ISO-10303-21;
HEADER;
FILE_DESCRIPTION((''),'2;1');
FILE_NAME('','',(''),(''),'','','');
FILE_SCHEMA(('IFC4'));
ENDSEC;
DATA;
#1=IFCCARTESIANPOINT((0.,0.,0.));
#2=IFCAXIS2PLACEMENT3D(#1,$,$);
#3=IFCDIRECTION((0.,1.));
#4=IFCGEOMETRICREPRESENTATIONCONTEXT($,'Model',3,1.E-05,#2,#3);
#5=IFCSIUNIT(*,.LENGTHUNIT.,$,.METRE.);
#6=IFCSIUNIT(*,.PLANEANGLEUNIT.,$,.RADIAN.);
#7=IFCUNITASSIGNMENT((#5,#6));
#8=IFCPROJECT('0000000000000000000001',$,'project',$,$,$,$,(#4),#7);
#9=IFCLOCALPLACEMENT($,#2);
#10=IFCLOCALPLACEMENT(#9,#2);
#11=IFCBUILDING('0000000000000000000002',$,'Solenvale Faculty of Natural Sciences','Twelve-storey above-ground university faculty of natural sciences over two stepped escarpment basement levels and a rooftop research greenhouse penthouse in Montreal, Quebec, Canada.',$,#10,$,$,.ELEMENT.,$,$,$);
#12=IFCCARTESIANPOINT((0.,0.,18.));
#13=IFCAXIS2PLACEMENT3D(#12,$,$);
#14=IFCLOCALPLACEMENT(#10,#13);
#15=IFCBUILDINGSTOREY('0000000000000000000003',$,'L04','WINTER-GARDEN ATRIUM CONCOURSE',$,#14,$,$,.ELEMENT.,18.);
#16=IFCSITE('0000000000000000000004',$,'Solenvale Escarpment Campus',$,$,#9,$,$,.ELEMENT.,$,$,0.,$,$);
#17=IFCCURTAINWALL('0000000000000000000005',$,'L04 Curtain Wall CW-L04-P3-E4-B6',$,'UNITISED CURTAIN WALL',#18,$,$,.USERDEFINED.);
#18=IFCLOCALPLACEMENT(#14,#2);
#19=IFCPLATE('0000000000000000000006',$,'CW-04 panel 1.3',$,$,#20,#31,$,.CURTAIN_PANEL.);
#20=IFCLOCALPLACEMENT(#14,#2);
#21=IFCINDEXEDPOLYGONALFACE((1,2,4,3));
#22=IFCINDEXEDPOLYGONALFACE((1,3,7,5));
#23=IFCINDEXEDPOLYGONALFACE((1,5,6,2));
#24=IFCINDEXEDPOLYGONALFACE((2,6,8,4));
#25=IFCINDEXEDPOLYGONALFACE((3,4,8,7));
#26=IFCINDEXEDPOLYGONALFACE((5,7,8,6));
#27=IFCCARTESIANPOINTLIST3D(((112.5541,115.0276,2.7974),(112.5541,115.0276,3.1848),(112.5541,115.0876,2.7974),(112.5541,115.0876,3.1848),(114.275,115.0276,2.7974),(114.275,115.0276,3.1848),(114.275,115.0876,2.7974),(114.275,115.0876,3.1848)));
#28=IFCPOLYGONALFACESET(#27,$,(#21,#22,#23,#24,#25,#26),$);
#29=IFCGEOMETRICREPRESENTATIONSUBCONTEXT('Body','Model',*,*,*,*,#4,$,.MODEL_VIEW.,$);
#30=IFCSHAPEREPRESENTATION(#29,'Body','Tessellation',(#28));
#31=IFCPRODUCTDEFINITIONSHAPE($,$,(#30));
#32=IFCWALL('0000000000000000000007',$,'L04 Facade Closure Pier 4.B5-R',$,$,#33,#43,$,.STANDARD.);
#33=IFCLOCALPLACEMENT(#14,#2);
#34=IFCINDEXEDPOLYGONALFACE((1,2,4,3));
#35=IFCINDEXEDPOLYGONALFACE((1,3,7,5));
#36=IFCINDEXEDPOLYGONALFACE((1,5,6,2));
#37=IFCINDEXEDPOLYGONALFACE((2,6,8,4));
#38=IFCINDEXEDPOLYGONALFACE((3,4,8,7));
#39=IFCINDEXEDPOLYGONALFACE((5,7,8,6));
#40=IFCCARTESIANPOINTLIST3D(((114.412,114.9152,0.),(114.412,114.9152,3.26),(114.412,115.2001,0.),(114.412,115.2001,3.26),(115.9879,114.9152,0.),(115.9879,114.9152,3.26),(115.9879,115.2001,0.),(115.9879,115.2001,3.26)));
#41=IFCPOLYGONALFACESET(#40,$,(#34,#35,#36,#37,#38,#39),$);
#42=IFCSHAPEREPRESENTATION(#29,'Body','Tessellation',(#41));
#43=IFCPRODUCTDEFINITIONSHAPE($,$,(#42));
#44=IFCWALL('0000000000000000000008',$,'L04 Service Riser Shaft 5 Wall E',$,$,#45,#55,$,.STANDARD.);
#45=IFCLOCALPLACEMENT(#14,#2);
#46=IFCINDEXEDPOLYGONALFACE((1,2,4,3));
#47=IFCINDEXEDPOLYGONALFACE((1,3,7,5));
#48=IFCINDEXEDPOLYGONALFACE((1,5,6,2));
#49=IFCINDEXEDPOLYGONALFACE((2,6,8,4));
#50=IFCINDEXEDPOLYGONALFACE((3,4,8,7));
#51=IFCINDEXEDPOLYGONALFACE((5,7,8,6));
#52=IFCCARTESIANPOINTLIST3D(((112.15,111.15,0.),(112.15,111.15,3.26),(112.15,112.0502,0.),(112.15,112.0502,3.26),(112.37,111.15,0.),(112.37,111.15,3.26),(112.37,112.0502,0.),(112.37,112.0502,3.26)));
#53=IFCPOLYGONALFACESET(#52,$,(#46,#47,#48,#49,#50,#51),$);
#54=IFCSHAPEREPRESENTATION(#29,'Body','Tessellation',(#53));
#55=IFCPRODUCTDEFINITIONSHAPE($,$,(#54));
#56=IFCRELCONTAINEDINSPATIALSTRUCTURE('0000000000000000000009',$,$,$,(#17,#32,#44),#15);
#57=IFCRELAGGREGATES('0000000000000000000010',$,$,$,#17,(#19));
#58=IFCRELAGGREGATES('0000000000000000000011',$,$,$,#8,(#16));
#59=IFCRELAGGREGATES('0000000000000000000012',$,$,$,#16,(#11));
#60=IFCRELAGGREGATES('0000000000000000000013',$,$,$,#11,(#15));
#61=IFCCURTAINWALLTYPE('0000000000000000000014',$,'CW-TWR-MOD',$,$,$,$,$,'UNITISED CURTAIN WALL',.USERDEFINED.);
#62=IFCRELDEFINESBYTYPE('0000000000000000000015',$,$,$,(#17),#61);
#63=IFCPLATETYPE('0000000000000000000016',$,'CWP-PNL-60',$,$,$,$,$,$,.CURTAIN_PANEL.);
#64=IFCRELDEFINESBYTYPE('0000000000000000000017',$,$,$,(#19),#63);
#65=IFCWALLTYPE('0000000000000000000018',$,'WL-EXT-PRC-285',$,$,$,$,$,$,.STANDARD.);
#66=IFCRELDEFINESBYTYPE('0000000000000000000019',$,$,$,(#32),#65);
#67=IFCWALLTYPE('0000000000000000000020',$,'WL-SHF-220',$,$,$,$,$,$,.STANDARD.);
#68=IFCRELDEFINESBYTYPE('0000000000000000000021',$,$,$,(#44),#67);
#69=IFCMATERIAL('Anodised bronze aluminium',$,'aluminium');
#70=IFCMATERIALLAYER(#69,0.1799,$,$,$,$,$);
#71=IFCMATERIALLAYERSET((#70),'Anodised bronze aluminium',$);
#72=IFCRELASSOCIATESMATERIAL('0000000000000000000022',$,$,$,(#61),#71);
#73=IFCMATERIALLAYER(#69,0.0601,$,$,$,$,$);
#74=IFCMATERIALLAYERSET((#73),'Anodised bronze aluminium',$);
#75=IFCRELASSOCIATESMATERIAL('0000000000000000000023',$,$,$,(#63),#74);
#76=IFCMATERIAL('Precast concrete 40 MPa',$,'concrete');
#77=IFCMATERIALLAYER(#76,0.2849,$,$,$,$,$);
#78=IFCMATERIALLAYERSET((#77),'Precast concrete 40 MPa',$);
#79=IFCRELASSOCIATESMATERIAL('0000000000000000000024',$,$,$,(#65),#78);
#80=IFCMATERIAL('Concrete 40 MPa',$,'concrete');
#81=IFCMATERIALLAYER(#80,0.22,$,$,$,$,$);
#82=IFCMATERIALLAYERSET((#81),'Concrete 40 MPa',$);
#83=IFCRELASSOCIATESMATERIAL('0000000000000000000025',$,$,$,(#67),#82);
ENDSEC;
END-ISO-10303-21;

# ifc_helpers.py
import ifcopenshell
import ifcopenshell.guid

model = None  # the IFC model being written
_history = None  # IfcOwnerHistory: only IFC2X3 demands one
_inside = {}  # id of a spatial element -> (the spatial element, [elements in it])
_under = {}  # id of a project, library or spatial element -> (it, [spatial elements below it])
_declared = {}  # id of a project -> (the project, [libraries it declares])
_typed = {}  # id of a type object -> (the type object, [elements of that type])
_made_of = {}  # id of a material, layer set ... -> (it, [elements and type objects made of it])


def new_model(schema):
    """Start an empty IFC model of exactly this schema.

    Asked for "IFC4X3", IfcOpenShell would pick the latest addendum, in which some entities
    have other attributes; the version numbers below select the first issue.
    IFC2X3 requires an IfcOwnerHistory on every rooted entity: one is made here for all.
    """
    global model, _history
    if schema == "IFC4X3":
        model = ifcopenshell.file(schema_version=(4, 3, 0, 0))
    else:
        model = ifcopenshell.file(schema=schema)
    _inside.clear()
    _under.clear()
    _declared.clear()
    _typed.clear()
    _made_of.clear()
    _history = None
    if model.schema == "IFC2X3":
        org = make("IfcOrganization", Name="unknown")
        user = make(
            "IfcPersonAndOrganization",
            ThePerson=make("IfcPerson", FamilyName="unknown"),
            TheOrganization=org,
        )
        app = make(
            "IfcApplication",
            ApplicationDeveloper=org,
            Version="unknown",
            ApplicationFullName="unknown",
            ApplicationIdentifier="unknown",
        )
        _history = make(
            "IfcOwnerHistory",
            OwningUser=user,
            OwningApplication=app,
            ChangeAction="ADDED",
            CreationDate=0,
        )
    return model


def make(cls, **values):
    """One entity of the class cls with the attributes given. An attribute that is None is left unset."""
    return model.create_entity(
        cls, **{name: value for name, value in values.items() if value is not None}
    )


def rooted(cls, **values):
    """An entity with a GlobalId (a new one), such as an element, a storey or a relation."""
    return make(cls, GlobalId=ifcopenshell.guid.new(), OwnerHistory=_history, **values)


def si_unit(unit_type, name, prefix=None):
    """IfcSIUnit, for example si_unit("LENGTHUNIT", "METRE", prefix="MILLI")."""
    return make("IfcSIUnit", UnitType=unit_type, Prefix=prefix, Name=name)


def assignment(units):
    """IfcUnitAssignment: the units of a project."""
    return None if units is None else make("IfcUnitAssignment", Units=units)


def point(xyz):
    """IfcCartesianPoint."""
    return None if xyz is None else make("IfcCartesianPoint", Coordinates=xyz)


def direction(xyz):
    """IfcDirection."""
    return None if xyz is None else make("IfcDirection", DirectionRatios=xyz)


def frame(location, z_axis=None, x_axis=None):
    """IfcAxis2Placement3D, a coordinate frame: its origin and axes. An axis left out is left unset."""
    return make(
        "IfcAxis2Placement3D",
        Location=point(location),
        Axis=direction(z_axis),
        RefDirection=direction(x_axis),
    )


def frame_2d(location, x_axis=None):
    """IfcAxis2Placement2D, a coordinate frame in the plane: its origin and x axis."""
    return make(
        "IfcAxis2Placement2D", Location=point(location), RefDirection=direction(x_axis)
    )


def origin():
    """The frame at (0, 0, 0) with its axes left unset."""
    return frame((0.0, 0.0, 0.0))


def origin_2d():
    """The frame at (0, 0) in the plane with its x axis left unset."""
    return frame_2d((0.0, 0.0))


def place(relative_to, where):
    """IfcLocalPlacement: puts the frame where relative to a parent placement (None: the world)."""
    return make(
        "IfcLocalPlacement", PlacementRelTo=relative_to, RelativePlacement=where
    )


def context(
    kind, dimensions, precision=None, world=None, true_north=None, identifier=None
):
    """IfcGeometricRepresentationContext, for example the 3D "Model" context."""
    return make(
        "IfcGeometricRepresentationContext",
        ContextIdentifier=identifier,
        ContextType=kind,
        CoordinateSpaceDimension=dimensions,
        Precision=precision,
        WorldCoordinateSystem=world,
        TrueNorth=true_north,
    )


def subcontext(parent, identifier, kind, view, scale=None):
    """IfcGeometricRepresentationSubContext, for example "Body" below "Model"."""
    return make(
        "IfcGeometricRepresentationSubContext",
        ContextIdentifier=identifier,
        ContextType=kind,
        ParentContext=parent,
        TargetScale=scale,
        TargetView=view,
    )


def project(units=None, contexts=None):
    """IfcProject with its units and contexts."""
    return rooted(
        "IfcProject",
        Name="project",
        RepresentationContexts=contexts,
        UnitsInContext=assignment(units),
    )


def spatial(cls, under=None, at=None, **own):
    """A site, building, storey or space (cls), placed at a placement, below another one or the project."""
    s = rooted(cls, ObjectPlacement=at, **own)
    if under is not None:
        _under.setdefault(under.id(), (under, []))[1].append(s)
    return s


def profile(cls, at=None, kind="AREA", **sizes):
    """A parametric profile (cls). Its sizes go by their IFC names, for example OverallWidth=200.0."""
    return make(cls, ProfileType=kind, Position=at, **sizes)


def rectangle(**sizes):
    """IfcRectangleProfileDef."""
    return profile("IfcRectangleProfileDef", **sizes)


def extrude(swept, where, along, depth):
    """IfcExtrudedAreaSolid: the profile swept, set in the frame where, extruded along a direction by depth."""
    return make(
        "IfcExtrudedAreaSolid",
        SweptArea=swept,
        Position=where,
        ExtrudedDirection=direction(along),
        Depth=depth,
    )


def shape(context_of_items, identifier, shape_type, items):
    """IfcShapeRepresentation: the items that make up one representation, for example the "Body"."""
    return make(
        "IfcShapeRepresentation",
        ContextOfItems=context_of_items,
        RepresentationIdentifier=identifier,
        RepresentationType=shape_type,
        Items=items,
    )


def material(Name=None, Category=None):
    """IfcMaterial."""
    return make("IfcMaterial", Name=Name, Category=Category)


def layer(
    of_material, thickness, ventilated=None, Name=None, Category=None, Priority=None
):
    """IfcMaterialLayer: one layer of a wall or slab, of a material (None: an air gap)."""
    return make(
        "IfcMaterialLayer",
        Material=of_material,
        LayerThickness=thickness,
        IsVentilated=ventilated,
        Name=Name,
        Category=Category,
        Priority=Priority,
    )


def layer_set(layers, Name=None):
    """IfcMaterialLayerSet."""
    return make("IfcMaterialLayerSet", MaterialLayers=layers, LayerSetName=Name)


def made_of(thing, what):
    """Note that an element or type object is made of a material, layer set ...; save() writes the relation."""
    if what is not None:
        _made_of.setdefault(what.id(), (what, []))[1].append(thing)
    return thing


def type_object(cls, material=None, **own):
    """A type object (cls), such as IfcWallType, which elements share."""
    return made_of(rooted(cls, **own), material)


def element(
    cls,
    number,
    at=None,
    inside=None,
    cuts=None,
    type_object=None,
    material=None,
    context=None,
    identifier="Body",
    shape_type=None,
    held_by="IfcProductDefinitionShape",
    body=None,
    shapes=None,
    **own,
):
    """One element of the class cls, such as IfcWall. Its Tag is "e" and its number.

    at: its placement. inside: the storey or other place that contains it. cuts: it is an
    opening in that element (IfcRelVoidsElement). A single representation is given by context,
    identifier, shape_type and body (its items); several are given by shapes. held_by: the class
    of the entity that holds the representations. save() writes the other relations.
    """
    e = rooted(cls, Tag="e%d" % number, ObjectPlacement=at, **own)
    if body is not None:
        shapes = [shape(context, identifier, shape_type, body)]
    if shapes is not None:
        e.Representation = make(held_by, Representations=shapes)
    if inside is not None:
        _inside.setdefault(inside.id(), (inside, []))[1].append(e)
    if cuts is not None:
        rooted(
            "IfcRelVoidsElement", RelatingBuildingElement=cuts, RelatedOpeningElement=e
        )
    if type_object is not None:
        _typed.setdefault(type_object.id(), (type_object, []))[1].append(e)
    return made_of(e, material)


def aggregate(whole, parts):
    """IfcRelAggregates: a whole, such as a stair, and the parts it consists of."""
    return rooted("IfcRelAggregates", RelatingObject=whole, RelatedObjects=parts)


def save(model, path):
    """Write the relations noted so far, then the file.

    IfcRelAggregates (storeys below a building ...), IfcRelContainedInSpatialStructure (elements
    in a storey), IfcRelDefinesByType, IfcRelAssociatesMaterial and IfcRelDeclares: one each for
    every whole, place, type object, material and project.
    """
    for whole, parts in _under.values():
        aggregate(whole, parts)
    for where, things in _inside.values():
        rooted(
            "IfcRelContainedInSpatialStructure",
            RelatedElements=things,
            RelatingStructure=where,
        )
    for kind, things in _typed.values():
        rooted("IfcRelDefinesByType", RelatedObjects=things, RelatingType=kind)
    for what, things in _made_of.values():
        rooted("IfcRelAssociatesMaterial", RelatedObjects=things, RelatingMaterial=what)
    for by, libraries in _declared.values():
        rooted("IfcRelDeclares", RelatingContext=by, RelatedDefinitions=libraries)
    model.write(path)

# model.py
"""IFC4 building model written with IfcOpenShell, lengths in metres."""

from ifc_helpers import new_model, si_unit, direction, frame, frame_2d, origin, origin_2d, place, context, subcontext, project, spatial, rectangle, extrude, material, layer, layer_set, type_object, element, aggregate, save


model = new_model("IFC4")

# Units and contexts
model_context = context("Model", 3, precision=1e-05, world=origin(), true_north=direction((0.0, 1.0)))
body_context = subcontext(model_context, "Body", "Model", "MODEL_VIEW")
ifc_project = project(units=[si_unit("LENGTHUNIT", "METRE"), si_unit("PLANEANGLEUNIT", "RADIAN")], contexts=[model_context])

# Site, building, storey
site_placement = place(None, origin())
site = spatial("IfcSite", under=ifc_project, at=site_placement, Name="Solenvale Escarpment Campus", CompositionType="ELEMENT", RefElevation=0.0)
building_placement = place(site_placement, origin())
building = spatial("IfcBuilding", under=site, at=building_placement, Name="Solenvale Faculty of Natural Sciences", Description="Twelve-storey above-ground university faculty of natural sciences over two stepped escarpment basement levels and a rooftop research greenhouse penthouse in Montreal, Quebec, Canada.", CompositionType="ELEMENT")
storey_placement = place(building_placement, frame((0.0, 0.0, 18.0)))
storey = spatial("IfcBuildingStorey", under=building, at=storey_placement, Name="L04", Description="WINTER-GARDEN ATRIUM CONCOURSE", CompositionType="ELEMENT", Elevation=18.0)

# Shared definitions
ifc_material_1 = material(Name="Concrete 40 MPa", Category="concrete")

# Shared definitions
ifc_material_2 = material(Name="Anodised bronze aluminium", Category="aluminium")
ifc_layer_1 = layer(ifc_material_2, 0.1799)
ifc_layer_set_1 = layer_set([ifc_layer_1], Name="Anodised bronze aluminium")
curtain_wall_type = type_object("IfcCurtainWallType", Name="CW-TWR-MOD", ElementType="UNITISED CURTAIN WALL", PredefinedType="USERDEFINED", material=ifc_layer_set_1)

# Curtain wall
curtain_wall_1_placement = place(storey_placement, origin())
curtain_wall_1 = element("IfcCurtainWall", 1, at=curtain_wall_1_placement, inside=storey, type_object=curtain_wall_type, Name="L04 Curtain Wall CW-L04-P3-E4-B6", ObjectType="UNITISED CURTAIN WALL", PredefinedType="USERDEFINED")

# Plate
ifc_layer_2 = layer(ifc_material_2, 0.0601)
ifc_layer_set_2 = layer_set([ifc_layer_2], Name="Anodised bronze aluminium")
plate_type_1 = type_object("IfcPlateType", Name="CWP-PNL-60", PredefinedType="CURTAIN_PANEL", material=ifc_layer_set_2)
plate_1_placement = place(storey_placement, frame((113.4146, 115.0576, 2.7974), z_axis=(0.0, 0.0, 1.0), x_axis=(-1.0, 0.0, 0.0)))
plate_1 = element("IfcPlate", 2, at=plate_1_placement, type_object=plate_type_1, Name="CW-04 panel 1.3", PredefinedType="CURTAIN_PANEL", context=body_context, shape_type="SweptSolid", body=[
    extrude(rectangle(XDim=1.7209, YDim=0.0601, at=origin_2d()), origin(), (0.0, 0.0, 1.0), 0.3875),
])
aggregate(curtain_wall_1, [plate_1])

# Walls
ifc_material_3 = material(Name="Precast concrete 40 MPa", Category="concrete")
ifc_layer_3 = layer(ifc_material_3, 0.2849)
ifc_layer_set_3 = layer_set([ifc_layer_3], Name="Precast concrete 40 MPa")
wall_type_1 = type_object("IfcWallType", Name="WL-EXT-PRC-285", PredefinedType="STANDARD", material=ifc_layer_set_3)
wall_1_placement = place(storey_placement, frame((115.988, 115.0576, 0.0), z_axis=(0.0, 0.0, 1.0), x_axis=(-1.0, 0.0, 0.0)))
element("IfcWall", 3, at=wall_1_placement, inside=storey, type_object=wall_type_1, Name="L04 Facade Closure Pier 4.B5-R", PredefinedType="STANDARD", context=body_context, shape_type="SweptSolid", body=[
    extrude(rectangle(XDim=1.5759, YDim=0.2849, at=frame_2d((0.7881, 0.0))), origin(), (0.0, 0.0, 1.0), 3.26),
])
ifc_layer_4 = layer(ifc_material_1, 0.22)
ifc_layer_set_4 = layer_set([ifc_layer_4], Name="Concrete 40 MPa")
wall_type_2 = type_object("IfcWallType", Name="WL-SHF-220", PredefinedType="STANDARD", material=ifc_layer_set_4)
wall_2_placement = place(storey_placement, frame((112.26, 111.1499, 0.0), z_axis=(0.0, 0.0, 1.0), x_axis=(0.0, 1.0, 0.0)))
element("IfcWall", 4, at=wall_2_placement, inside=storey, type_object=wall_type_2, Name="L04 Service Riser Shaft 5 Wall E", PredefinedType="STANDARD", context=body_context, shape_type="SweptSolid", body=[
    extrude(rectangle(XDim=0.9001, YDim=0.22, at=frame_2d((0.4502, 0.0))), origin(), (0.0, 0.0, 1.0), 3.26),
])

save(model, "model.ifc")
